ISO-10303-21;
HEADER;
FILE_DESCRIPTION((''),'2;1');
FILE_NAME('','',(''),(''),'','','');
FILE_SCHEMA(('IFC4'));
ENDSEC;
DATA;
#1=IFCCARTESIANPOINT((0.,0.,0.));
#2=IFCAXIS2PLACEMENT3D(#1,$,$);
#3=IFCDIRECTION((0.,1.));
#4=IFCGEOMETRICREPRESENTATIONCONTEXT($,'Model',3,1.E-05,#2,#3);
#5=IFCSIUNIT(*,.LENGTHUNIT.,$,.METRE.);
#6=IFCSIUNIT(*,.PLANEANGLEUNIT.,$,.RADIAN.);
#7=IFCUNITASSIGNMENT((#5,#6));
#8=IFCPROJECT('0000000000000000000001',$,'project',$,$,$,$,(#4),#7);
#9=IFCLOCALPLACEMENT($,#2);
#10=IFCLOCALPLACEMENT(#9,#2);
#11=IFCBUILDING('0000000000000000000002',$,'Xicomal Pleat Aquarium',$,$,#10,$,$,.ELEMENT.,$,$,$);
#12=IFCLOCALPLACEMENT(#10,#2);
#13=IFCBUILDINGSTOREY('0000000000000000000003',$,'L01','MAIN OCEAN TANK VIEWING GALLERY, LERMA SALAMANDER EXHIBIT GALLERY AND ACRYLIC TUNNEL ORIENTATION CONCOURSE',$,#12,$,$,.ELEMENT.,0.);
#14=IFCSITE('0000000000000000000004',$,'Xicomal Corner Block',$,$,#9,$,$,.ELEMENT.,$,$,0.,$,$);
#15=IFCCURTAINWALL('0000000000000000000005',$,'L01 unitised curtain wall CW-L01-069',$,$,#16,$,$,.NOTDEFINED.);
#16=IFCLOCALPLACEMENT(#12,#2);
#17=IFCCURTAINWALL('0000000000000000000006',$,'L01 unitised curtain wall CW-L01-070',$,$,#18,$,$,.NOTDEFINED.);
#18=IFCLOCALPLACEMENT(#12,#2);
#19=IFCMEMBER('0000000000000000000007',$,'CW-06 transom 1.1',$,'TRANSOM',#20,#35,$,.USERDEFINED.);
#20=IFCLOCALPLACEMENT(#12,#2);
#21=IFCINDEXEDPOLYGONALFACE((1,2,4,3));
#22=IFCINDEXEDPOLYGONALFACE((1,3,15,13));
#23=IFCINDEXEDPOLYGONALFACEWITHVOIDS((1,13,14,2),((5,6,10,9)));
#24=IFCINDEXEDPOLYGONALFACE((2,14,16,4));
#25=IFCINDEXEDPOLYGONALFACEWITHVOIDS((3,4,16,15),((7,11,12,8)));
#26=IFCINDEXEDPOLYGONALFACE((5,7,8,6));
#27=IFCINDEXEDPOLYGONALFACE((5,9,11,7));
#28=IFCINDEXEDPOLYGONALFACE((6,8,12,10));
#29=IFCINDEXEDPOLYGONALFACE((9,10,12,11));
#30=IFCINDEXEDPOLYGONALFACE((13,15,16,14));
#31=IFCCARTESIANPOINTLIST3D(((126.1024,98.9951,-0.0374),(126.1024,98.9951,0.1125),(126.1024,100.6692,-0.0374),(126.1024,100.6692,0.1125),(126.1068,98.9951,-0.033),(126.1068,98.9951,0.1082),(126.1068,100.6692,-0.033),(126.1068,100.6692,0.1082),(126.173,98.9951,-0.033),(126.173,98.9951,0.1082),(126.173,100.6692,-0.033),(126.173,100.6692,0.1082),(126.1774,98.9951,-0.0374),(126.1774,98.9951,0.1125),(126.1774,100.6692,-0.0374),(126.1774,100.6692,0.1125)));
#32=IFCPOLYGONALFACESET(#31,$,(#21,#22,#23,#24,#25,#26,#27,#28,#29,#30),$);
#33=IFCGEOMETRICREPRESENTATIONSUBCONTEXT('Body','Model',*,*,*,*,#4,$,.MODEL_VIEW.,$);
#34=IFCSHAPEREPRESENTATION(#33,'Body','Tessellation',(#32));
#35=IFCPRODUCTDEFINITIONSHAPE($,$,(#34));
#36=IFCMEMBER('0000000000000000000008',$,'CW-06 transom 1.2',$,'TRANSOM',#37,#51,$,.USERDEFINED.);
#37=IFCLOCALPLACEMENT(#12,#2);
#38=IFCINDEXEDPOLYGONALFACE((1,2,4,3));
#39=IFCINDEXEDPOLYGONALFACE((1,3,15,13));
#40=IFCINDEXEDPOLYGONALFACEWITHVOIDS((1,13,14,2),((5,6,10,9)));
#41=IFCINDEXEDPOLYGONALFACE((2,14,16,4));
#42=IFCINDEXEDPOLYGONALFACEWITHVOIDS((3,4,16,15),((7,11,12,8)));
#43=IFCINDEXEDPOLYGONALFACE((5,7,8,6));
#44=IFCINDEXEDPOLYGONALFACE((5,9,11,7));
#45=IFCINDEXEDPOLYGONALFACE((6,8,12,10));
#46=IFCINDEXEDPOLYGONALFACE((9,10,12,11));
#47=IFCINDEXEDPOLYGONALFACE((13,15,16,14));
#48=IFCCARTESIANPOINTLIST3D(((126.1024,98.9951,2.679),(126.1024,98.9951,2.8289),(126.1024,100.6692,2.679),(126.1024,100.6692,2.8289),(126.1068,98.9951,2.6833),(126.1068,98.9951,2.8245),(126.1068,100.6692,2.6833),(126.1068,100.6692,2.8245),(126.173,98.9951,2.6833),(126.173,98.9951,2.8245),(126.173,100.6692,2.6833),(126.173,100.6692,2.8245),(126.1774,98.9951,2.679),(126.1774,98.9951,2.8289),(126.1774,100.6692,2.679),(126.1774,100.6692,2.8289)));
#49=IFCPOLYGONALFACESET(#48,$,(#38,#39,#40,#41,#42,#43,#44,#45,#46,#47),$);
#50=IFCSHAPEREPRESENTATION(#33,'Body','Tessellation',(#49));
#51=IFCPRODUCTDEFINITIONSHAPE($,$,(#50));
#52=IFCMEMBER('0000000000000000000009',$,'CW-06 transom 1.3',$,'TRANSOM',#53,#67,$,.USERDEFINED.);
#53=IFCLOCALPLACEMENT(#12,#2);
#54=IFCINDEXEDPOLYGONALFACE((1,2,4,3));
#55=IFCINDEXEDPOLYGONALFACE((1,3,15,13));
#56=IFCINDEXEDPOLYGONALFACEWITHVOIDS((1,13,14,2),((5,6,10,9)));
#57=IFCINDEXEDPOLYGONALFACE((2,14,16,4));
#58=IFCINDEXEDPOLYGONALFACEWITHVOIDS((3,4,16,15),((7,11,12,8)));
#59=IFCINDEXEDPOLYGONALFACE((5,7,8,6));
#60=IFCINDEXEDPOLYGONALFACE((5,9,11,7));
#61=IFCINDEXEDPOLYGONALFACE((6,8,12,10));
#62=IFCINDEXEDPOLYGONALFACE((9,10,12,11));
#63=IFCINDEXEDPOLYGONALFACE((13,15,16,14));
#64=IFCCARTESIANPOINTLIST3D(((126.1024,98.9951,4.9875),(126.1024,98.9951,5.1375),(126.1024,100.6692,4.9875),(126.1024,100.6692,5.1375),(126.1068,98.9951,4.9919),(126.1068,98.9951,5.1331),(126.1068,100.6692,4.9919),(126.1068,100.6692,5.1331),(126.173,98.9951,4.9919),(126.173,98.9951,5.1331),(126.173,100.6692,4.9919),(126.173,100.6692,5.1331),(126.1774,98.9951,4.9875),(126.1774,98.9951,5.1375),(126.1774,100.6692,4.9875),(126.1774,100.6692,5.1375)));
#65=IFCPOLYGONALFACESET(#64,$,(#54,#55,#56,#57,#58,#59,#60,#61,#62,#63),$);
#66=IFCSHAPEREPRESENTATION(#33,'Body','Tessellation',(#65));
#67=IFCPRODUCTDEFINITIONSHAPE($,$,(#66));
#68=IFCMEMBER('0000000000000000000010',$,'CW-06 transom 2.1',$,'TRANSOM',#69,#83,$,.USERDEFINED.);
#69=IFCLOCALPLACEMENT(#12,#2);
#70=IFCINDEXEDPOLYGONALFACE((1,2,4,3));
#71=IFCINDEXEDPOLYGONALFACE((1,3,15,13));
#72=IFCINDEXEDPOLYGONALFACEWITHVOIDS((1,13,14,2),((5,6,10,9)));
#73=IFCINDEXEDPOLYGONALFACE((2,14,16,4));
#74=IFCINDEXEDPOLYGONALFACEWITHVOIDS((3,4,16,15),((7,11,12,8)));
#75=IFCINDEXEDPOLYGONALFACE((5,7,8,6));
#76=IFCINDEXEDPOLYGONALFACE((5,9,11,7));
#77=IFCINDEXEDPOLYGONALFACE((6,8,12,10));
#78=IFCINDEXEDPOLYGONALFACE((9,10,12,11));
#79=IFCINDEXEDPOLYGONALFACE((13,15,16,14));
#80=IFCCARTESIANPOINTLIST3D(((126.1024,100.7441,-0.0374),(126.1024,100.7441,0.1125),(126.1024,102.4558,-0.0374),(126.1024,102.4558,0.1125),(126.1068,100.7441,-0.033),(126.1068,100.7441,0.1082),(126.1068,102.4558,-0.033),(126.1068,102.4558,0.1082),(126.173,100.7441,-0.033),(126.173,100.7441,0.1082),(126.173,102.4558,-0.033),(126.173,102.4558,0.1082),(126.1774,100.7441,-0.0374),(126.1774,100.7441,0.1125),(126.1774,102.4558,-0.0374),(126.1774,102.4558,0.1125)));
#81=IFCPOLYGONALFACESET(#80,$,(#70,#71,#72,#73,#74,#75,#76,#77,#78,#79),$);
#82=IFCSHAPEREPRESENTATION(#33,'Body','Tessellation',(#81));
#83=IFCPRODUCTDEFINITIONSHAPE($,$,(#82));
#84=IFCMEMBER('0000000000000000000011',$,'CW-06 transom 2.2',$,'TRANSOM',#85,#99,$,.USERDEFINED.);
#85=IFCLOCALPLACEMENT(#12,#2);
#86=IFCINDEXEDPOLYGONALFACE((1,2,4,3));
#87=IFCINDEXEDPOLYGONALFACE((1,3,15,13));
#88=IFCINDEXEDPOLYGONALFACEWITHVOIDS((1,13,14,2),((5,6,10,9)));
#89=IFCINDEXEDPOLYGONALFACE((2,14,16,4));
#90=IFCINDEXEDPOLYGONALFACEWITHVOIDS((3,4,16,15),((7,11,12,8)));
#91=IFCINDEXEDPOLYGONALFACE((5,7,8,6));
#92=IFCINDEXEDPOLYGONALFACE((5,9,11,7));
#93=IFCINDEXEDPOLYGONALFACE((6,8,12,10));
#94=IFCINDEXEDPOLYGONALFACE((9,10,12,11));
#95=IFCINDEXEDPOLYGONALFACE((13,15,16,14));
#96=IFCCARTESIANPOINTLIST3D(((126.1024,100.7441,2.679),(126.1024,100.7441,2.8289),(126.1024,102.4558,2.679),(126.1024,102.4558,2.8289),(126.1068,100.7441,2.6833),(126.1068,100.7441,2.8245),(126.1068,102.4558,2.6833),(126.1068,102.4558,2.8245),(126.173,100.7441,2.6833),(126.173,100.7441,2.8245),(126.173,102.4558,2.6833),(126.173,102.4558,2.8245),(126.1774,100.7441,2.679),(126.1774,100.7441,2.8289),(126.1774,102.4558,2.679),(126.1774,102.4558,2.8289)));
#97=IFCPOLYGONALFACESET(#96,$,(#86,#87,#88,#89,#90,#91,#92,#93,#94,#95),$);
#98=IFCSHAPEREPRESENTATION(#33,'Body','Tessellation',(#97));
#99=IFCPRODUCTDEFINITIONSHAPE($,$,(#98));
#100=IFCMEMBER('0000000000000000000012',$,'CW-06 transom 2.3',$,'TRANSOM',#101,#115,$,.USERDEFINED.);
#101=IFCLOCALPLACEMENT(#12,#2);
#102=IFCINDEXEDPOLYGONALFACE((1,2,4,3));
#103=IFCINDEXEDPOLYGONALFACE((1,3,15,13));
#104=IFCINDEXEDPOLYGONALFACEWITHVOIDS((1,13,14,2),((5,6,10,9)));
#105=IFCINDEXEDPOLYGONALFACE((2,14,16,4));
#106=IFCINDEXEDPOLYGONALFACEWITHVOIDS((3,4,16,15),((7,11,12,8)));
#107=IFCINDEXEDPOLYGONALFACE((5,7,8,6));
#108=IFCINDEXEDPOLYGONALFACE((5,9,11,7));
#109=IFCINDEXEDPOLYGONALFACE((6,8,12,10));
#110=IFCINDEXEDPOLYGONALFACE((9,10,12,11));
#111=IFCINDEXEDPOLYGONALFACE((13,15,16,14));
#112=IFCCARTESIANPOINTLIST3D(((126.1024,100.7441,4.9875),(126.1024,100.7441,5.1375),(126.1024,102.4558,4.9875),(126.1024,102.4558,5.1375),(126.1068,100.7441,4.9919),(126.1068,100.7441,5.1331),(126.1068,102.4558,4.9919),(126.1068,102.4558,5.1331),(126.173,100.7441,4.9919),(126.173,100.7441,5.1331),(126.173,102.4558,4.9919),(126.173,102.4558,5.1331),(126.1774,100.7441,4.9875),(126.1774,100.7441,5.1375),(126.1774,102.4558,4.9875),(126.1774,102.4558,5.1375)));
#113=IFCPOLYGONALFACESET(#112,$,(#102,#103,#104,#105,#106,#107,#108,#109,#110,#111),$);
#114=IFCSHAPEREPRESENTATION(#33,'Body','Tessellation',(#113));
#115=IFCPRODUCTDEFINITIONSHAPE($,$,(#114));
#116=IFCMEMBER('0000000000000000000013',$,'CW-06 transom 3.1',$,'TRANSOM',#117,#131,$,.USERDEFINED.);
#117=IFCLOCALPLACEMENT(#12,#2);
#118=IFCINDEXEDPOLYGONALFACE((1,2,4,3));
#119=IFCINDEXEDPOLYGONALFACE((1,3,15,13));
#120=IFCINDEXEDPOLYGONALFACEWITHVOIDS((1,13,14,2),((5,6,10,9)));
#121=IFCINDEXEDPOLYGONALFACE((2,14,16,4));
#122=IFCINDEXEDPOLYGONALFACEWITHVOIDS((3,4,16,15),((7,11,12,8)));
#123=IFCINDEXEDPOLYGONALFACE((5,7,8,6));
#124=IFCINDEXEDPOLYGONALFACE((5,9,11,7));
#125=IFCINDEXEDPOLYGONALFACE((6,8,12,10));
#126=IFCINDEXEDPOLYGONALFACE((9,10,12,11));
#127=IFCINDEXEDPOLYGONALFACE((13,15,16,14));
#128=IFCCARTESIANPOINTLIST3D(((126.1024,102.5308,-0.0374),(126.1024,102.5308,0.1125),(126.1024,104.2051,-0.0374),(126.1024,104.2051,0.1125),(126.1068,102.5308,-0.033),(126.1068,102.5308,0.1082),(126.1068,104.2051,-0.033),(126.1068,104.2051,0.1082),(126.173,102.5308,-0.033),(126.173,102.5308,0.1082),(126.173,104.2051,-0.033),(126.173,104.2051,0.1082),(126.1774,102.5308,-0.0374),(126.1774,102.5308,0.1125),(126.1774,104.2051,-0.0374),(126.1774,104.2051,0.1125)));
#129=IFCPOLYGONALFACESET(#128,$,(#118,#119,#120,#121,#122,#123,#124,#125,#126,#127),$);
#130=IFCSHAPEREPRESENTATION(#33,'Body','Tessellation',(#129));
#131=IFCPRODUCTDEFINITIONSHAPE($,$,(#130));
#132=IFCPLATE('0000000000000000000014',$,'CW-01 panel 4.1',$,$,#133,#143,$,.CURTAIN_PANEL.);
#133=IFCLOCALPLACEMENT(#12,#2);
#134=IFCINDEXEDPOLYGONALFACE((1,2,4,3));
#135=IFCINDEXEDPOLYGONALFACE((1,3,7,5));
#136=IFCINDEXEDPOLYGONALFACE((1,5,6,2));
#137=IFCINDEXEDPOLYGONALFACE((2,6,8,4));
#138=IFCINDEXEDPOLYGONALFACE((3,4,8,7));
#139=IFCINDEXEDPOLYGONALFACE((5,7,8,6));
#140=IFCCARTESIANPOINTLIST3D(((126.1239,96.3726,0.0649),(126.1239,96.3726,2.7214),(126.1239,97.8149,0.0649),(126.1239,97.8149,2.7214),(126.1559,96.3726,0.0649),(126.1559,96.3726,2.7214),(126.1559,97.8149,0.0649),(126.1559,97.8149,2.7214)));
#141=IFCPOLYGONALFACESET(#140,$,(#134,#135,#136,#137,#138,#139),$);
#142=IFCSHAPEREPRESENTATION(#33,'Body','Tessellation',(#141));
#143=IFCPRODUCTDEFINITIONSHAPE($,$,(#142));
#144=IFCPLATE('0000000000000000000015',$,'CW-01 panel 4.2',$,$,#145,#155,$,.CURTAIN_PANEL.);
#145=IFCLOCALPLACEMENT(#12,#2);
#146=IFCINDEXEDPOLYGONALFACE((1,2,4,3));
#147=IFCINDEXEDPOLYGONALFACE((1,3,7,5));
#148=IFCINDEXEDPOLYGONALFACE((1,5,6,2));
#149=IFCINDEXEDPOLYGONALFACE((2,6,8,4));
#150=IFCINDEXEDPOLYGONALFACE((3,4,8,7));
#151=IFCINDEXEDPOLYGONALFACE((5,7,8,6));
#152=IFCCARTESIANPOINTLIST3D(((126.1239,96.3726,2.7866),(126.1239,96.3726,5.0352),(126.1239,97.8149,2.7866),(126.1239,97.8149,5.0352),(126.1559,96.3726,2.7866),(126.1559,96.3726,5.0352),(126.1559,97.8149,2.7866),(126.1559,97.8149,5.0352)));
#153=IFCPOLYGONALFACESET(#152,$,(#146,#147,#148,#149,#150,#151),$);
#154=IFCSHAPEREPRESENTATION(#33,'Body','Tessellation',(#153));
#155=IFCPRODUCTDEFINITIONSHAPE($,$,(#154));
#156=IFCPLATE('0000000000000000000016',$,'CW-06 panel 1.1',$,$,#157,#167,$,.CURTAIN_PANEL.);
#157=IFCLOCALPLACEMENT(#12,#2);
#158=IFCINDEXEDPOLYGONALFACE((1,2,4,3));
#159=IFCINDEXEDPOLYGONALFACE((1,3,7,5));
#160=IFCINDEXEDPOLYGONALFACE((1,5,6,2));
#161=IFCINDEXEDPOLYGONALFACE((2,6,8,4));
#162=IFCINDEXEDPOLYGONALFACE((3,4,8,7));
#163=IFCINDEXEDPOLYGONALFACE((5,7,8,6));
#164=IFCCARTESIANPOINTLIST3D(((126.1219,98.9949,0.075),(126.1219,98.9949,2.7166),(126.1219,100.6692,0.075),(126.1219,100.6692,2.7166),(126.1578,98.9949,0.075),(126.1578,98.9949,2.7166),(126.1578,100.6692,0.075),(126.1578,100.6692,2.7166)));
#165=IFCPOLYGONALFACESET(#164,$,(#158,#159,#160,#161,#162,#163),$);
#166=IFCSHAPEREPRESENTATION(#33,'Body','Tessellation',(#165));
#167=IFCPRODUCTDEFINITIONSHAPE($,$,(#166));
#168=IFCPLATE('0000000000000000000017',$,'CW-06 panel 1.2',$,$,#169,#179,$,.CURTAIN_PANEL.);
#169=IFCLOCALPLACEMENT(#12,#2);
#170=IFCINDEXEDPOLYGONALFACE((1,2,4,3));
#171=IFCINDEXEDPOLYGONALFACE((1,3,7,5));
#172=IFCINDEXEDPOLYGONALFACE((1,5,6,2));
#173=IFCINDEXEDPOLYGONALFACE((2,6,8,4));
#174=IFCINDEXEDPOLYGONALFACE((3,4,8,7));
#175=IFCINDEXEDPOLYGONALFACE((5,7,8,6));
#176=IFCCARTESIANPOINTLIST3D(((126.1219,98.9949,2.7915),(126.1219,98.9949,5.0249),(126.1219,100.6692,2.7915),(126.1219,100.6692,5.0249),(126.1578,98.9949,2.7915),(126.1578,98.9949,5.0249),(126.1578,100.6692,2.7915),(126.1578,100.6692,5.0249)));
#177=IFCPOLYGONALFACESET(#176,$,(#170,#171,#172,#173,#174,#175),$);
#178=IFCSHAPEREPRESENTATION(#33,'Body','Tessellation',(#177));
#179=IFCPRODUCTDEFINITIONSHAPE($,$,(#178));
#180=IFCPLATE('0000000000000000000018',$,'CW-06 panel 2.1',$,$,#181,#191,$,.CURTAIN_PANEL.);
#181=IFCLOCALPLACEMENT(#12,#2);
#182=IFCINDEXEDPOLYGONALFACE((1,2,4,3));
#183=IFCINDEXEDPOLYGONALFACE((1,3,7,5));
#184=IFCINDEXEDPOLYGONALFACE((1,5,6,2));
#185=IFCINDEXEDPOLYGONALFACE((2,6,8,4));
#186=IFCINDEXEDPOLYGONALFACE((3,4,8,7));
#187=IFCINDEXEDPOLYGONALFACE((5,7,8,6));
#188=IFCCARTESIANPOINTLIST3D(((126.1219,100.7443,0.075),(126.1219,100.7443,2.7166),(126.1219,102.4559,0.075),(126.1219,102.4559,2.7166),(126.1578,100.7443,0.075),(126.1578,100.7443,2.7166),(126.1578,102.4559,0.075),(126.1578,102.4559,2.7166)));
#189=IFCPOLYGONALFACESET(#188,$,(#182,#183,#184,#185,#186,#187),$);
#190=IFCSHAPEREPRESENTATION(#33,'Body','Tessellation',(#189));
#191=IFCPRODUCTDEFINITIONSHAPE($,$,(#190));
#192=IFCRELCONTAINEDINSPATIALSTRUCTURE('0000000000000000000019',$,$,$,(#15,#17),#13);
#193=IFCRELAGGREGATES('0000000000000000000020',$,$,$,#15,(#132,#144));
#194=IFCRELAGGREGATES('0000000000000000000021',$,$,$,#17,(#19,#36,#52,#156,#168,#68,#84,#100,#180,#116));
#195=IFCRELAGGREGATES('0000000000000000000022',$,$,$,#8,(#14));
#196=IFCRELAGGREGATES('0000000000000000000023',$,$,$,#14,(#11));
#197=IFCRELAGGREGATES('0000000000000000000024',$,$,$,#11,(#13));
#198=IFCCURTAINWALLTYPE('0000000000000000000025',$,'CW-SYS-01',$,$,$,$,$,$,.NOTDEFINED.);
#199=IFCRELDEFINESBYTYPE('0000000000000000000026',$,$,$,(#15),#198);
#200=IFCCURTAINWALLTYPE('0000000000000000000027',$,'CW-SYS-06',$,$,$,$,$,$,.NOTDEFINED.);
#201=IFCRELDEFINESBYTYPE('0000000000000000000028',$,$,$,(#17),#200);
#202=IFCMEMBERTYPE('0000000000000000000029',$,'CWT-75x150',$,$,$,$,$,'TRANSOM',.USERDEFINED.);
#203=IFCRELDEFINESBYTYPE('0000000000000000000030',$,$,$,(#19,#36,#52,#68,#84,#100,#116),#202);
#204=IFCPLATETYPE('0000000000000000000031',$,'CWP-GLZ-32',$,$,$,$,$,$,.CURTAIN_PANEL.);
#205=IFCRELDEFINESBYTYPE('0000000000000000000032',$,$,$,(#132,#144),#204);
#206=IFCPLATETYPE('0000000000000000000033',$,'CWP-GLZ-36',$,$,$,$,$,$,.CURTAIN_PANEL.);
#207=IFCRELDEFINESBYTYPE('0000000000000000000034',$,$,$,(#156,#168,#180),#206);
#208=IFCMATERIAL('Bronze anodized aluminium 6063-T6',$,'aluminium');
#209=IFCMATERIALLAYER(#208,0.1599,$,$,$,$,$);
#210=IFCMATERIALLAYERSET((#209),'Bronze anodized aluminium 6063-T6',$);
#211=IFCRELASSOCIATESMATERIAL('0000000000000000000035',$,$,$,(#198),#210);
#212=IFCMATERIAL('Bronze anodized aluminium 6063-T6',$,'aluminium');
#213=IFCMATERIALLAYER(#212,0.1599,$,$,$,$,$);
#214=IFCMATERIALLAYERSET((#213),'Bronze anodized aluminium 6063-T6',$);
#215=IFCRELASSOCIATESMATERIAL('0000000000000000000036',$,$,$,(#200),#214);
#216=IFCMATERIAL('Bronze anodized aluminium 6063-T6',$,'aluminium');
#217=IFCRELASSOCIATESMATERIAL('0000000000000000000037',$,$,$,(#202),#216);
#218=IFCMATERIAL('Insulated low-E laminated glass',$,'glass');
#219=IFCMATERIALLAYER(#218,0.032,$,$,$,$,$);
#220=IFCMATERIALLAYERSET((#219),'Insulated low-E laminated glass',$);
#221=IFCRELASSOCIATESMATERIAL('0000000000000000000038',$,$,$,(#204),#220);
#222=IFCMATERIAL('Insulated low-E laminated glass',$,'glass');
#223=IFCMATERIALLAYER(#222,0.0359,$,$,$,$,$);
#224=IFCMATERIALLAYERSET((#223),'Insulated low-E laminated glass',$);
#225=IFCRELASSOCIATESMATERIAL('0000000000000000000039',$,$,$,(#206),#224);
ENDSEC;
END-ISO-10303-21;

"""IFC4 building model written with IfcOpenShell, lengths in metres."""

from ifc_helpers import new_model, si_unit, direction, frame, origin, origin_2d, place, context, subcontext, project, spatial, rectangle, hollow_rectangle, extrude, material, layer, layer_set, material_profile, profile_set, type_object, element, aggregate, save


model = new_model("IFC4")

# Units and contexts
model_context = context("Model", 3, precision=1e-05, world=origin(), true_north=direction((0.0, 1.0)))
body_context = subcontext(model_context, "Body", "Model", "MODEL_VIEW")
ifc_project = project(units=[si_unit("LENGTHUNIT", "METRE"), si_unit("PLANEANGLEUNIT", "RADIAN")], contexts=[model_context])

# Site, building, storey
site_placement = place(None, origin())
site = spatial("IfcSite", under=ifc_project, at=site_placement, Name="Xicomal Corner Block", CompositionType="ELEMENT", RefElevation=0.0)
building_placement = place(site_placement, origin())
building = spatial("IfcBuilding", under=site, at=building_placement, Name="Xicomal Pleat Aquarium", CompositionType="ELEMENT")
storey_placement = place(building_placement, origin())
storey = spatial("IfcBuildingStorey", under=building, at=storey_placement, Name="L01", Description="MAIN OCEAN TANK VIEWING GALLERY, LERMA SALAMANDER EXHIBIT GALLERY AND ACRYLIC TUNNEL ORIENTATION CONCOURSE", CompositionType="ELEMENT", Elevation=0.0)

# Curtain wall
ifc_material_1 = material(Name="Bronze anodized aluminium 6063-T6", Category="aluminium")
ifc_layer_1 = layer(ifc_material_1, 0.1599)
ifc_layer_set_1 = layer_set([ifc_layer_1], Name="Bronze anodized aluminium 6063-T6")
curtain_wall_type_1 = type_object("IfcCurtainWallType", Name="CW-SYS-01", PredefinedType="NOTDEFINED", material=ifc_layer_set_1)
curtain_wall_1_placement = place(storey_placement, origin())
curtain_wall_1 = element("IfcCurtainWall", 1, at=curtain_wall_1_placement, inside=storey, type_object=curtain_wall_type_1, Name="L01 unitised curtain wall CW-L01-069", PredefinedType="NOTDEFINED")

# Curtain wall
ifc_material_2 = material(Name="Bronze anodized aluminium 6063-T6", Category="aluminium")
ifc_layer_2 = layer(ifc_material_2, 0.1599)
ifc_layer_set_2 = layer_set([ifc_layer_2], Name="Bronze anodized aluminium 6063-T6")
curtain_wall_type_2 = type_object("IfcCurtainWallType", Name="CW-SYS-06", PredefinedType="NOTDEFINED", material=ifc_layer_set_2)
curtain_wall_2_placement = place(storey_placement, origin())
curtain_wall_2 = element("IfcCurtainWall", 2, at=curtain_wall_2_placement, inside=storey, type_object=curtain_wall_type_2, Name="L01 unitised curtain wall CW-L01-070", PredefinedType="NOTDEFINED")

# Members
ifc_material_3 = material(Name="Bronze anodized aluminium 6063-T6", Category="aluminium")
ifc_material_profile_1 = material_profile(ifc_material_3, hollow_rectangle(XDim=0.075, YDim=0.1499, WallThickness=0.0044, at=origin_2d()), Name="ALU TRAN 75x150")
ifc_profile_set_1 = profile_set([ifc_material_profile_1], Name="Bronze anodized aluminium 6063-T6")
member_type_1 = type_object("IfcMemberType", Name="CWT-75x150", ElementType="TRANSOM", PredefinedType="USERDEFINED", material=ifc_profile_set_1)
member_1_placement = place(storey_placement, frame((126.1399, 98.9951, 0.0376), z_axis=(0.0, 1.0, 0.0), x_axis=(-1.0, 0.0, 0.0)))
member_1 = element("IfcMember", 3, at=member_1_placement, type_object=member_type_1, Name="CW-06 transom 1.1", ObjectType="TRANSOM", PredefinedType="USERDEFINED", context=body_context, shape_type="SweptSolid", body=[
    extrude(hollow_rectangle(XDim=0.075, YDim=0.1499, WallThickness=0.0044, at=origin_2d()), origin(), (0.0, 0.0, 1.0), 1.6741),
])
member_2_placement = place(storey_placement, frame((126.1399, 98.9951, 2.7539), z_axis=(0.0, 1.0, 0.0), x_axis=(-1.0, 0.0, 0.0)))
member_2 = element("IfcMember", 4, at=member_2_placement, type_object=member_type_1, Name="CW-06 transom 1.2", ObjectType="TRANSOM", PredefinedType="USERDEFINED", context=body_context, shape_type="SweptSolid", body=[
    extrude(hollow_rectangle(XDim=0.075, YDim=0.1499, WallThickness=0.0044, at=origin_2d()), origin(), (0.0, 0.0, 1.0), 1.6741),
])
member_3_placement = place(storey_placement, frame((126.1399, 98.9951, 5.0625), z_axis=(0.0, 1.0, 0.0), x_axis=(-1.0, 0.0, 0.0)))
member_3 = element("IfcMember", 5, at=member_3_placement, type_object=member_type_1, Name="CW-06 transom 1.3", ObjectType="TRANSOM", PredefinedType="USERDEFINED", context=body_context, shape_type="SweptSolid", body=[
    extrude(hollow_rectangle(XDim=0.075, YDim=0.1499, WallThickness=0.0044, at=origin_2d()), origin(), (0.0, 0.0, 1.0), 1.6741),
])
member_4_placement = place(storey_placement, frame((126.1399, 100.7441, 0.0376), z_axis=(0.0, 1.0, 0.0), x_axis=(-1.0, 0.0, 0.0)))
member_4 = element("IfcMember", 6, at=member_4_placement, type_object=member_type_1, Name="CW-06 transom 2.1", ObjectType="TRANSOM", PredefinedType="USERDEFINED", context=body_context, shape_type="SweptSolid", body=[
    extrude(hollow_rectangle(XDim=0.075, YDim=0.1499, WallThickness=0.0044, at=origin_2d()), origin(), (0.0, 0.0, 1.0), 1.7117),
])
member_5_placement = place(storey_placement, frame((126.1399, 100.7441, 2.7539), z_axis=(0.0, 1.0, 0.0), x_axis=(-1.0, 0.0, 0.0)))
member_5 = element("IfcMember", 7, at=member_5_placement, type_object=member_type_1, Name="CW-06 transom 2.2", ObjectType="TRANSOM", PredefinedType="USERDEFINED", context=body_context, shape_type="SweptSolid", body=[
    extrude(hollow_rectangle(XDim=0.075, YDim=0.1499, WallThickness=0.0044, at=origin_2d()), origin(), (0.0, 0.0, 1.0), 1.7117),
])
member_6_placement = place(storey_placement, frame((126.1399, 100.7441, 5.0625), z_axis=(0.0, 1.0, 0.0), x_axis=(-1.0, 0.0, 0.0)))
member_6 = element("IfcMember", 8, at=member_6_placement, type_object=member_type_1, Name="CW-06 transom 2.3", ObjectType="TRANSOM", PredefinedType="USERDEFINED", context=body_context, shape_type="SweptSolid", body=[
    extrude(hollow_rectangle(XDim=0.075, YDim=0.1499, WallThickness=0.0044, at=origin_2d()), origin(), (0.0, 0.0, 1.0), 1.7117),
])
member_7_placement = place(storey_placement, frame((126.1399, 102.5308, 0.0376), z_axis=(0.0, 1.0, 0.0), x_axis=(-1.0, 0.0, 0.0)))
member_7 = element("IfcMember", 9, at=member_7_placement, type_object=member_type_1, Name="CW-06 transom 3.1", ObjectType="TRANSOM", PredefinedType="USERDEFINED", context=body_context, shape_type="SweptSolid", body=[
    extrude(hollow_rectangle(XDim=0.075, YDim=0.1499, WallThickness=0.0044, at=origin_2d()), origin(), (0.0, 0.0, 1.0), 1.6743),
])

# Plates
ifc_material_4 = material(Name="Insulated low-E laminated glass", Category="glass")
ifc_layer_3 = layer(ifc_material_4, 0.032)
ifc_layer_set_3 = layer_set([ifc_layer_3], Name="Insulated low-E laminated glass")
plate_type_1 = type_object("IfcPlateType", Name="CWP-GLZ-32", PredefinedType="CURTAIN_PANEL", material=ifc_layer_set_3)
plate_1_placement = place(storey_placement, frame((126.1399, 97.0938, 0.0649), z_axis=(0.0, 0.0, 1.0), x_axis=(0.0, 1.0, 0.0)))
plate_1 = element("IfcPlate", 10, at=plate_1_placement, type_object=plate_type_1, Name="CW-01 panel 4.1", PredefinedType="CURTAIN_PANEL", context=body_context, shape_type="SweptSolid", body=[
    extrude(rectangle(XDim=1.4424, YDim=0.032, at=origin_2d()), origin(), (0.0, 0.0, 1.0), 2.6565),
])
plate_2_placement = place(storey_placement, frame((126.1399, 97.0938, 2.7866), z_axis=(0.0, 0.0, 1.0), x_axis=(0.0, 1.0, 0.0)))
plate_2 = element("IfcPlate", 11, at=plate_2_placement, type_object=plate_type_1, Name="CW-01 panel 4.2", PredefinedType="CURTAIN_PANEL", context=body_context, shape_type="SweptSolid", body=[
    extrude(rectangle(XDim=1.4424, YDim=0.032, at=origin_2d()), origin(), (0.0, 0.0, 1.0), 2.2485),
])
aggregate(curtain_wall_1, [plate_1, plate_2])
ifc_material_5 = material(Name="Insulated low-E laminated glass", Category="glass")
ifc_layer_4 = layer(ifc_material_5, 0.0359)
ifc_layer_set_4 = layer_set([ifc_layer_4], Name="Insulated low-E laminated glass")
plate_type_2 = type_object("IfcPlateType", Name="CWP-GLZ-36", PredefinedType="CURTAIN_PANEL", material=ifc_layer_set_4)
plate_3_placement = place(storey_placement, frame((126.1399, 99.832, 0.075), z_axis=(0.0, 0.0, 1.0), x_axis=(0.0, 1.0, 0.0)))
plate_3 = element("IfcPlate", 12, at=plate_3_placement, type_object=plate_type_2, Name="CW-06 panel 1.1", PredefinedType="CURTAIN_PANEL", context=body_context, shape_type="SweptSolid", body=[
    extrude(rectangle(XDim=1.6743, YDim=0.0359, at=origin_2d()), origin(), (0.0, 0.0, 1.0), 2.6416),
])
plate_4_placement = place(storey_placement, frame((126.1399, 99.832, 2.7915), z_axis=(0.0, 0.0, 1.0), x_axis=(0.0, 1.0, 0.0)))
plate_4 = element("IfcPlate", 13, at=plate_4_placement, type_object=plate_type_2, Name="CW-06 panel 1.2", PredefinedType="CURTAIN_PANEL", context=body_context, shape_type="SweptSolid", body=[
    extrude(rectangle(XDim=1.6743, YDim=0.0359, at=origin_2d()), origin(), (0.0, 0.0, 1.0), 2.2334),
])
plate_5_placement = place(storey_placement, frame((126.1399, 101.6001, 0.075), z_axis=(0.0, 0.0, 1.0), x_axis=(0.0, 1.0, 0.0)))
plate_5 = element("IfcPlate", 14, at=plate_5_placement, type_object=plate_type_2, Name="CW-06 panel 2.1", PredefinedType="CURTAIN_PANEL", context=body_context, shape_type="SweptSolid", body=[
    extrude(rectangle(XDim=1.7117, YDim=0.0359, at=origin_2d()), origin(), (0.0, 0.0, 1.0), 2.6416),
])
aggregate(curtain_wall_2, [member_1, member_2, member_3, plate_3, plate_4, member_4, member_5, member_6, plate_5, member_7])

save(model, "model.ifc")
